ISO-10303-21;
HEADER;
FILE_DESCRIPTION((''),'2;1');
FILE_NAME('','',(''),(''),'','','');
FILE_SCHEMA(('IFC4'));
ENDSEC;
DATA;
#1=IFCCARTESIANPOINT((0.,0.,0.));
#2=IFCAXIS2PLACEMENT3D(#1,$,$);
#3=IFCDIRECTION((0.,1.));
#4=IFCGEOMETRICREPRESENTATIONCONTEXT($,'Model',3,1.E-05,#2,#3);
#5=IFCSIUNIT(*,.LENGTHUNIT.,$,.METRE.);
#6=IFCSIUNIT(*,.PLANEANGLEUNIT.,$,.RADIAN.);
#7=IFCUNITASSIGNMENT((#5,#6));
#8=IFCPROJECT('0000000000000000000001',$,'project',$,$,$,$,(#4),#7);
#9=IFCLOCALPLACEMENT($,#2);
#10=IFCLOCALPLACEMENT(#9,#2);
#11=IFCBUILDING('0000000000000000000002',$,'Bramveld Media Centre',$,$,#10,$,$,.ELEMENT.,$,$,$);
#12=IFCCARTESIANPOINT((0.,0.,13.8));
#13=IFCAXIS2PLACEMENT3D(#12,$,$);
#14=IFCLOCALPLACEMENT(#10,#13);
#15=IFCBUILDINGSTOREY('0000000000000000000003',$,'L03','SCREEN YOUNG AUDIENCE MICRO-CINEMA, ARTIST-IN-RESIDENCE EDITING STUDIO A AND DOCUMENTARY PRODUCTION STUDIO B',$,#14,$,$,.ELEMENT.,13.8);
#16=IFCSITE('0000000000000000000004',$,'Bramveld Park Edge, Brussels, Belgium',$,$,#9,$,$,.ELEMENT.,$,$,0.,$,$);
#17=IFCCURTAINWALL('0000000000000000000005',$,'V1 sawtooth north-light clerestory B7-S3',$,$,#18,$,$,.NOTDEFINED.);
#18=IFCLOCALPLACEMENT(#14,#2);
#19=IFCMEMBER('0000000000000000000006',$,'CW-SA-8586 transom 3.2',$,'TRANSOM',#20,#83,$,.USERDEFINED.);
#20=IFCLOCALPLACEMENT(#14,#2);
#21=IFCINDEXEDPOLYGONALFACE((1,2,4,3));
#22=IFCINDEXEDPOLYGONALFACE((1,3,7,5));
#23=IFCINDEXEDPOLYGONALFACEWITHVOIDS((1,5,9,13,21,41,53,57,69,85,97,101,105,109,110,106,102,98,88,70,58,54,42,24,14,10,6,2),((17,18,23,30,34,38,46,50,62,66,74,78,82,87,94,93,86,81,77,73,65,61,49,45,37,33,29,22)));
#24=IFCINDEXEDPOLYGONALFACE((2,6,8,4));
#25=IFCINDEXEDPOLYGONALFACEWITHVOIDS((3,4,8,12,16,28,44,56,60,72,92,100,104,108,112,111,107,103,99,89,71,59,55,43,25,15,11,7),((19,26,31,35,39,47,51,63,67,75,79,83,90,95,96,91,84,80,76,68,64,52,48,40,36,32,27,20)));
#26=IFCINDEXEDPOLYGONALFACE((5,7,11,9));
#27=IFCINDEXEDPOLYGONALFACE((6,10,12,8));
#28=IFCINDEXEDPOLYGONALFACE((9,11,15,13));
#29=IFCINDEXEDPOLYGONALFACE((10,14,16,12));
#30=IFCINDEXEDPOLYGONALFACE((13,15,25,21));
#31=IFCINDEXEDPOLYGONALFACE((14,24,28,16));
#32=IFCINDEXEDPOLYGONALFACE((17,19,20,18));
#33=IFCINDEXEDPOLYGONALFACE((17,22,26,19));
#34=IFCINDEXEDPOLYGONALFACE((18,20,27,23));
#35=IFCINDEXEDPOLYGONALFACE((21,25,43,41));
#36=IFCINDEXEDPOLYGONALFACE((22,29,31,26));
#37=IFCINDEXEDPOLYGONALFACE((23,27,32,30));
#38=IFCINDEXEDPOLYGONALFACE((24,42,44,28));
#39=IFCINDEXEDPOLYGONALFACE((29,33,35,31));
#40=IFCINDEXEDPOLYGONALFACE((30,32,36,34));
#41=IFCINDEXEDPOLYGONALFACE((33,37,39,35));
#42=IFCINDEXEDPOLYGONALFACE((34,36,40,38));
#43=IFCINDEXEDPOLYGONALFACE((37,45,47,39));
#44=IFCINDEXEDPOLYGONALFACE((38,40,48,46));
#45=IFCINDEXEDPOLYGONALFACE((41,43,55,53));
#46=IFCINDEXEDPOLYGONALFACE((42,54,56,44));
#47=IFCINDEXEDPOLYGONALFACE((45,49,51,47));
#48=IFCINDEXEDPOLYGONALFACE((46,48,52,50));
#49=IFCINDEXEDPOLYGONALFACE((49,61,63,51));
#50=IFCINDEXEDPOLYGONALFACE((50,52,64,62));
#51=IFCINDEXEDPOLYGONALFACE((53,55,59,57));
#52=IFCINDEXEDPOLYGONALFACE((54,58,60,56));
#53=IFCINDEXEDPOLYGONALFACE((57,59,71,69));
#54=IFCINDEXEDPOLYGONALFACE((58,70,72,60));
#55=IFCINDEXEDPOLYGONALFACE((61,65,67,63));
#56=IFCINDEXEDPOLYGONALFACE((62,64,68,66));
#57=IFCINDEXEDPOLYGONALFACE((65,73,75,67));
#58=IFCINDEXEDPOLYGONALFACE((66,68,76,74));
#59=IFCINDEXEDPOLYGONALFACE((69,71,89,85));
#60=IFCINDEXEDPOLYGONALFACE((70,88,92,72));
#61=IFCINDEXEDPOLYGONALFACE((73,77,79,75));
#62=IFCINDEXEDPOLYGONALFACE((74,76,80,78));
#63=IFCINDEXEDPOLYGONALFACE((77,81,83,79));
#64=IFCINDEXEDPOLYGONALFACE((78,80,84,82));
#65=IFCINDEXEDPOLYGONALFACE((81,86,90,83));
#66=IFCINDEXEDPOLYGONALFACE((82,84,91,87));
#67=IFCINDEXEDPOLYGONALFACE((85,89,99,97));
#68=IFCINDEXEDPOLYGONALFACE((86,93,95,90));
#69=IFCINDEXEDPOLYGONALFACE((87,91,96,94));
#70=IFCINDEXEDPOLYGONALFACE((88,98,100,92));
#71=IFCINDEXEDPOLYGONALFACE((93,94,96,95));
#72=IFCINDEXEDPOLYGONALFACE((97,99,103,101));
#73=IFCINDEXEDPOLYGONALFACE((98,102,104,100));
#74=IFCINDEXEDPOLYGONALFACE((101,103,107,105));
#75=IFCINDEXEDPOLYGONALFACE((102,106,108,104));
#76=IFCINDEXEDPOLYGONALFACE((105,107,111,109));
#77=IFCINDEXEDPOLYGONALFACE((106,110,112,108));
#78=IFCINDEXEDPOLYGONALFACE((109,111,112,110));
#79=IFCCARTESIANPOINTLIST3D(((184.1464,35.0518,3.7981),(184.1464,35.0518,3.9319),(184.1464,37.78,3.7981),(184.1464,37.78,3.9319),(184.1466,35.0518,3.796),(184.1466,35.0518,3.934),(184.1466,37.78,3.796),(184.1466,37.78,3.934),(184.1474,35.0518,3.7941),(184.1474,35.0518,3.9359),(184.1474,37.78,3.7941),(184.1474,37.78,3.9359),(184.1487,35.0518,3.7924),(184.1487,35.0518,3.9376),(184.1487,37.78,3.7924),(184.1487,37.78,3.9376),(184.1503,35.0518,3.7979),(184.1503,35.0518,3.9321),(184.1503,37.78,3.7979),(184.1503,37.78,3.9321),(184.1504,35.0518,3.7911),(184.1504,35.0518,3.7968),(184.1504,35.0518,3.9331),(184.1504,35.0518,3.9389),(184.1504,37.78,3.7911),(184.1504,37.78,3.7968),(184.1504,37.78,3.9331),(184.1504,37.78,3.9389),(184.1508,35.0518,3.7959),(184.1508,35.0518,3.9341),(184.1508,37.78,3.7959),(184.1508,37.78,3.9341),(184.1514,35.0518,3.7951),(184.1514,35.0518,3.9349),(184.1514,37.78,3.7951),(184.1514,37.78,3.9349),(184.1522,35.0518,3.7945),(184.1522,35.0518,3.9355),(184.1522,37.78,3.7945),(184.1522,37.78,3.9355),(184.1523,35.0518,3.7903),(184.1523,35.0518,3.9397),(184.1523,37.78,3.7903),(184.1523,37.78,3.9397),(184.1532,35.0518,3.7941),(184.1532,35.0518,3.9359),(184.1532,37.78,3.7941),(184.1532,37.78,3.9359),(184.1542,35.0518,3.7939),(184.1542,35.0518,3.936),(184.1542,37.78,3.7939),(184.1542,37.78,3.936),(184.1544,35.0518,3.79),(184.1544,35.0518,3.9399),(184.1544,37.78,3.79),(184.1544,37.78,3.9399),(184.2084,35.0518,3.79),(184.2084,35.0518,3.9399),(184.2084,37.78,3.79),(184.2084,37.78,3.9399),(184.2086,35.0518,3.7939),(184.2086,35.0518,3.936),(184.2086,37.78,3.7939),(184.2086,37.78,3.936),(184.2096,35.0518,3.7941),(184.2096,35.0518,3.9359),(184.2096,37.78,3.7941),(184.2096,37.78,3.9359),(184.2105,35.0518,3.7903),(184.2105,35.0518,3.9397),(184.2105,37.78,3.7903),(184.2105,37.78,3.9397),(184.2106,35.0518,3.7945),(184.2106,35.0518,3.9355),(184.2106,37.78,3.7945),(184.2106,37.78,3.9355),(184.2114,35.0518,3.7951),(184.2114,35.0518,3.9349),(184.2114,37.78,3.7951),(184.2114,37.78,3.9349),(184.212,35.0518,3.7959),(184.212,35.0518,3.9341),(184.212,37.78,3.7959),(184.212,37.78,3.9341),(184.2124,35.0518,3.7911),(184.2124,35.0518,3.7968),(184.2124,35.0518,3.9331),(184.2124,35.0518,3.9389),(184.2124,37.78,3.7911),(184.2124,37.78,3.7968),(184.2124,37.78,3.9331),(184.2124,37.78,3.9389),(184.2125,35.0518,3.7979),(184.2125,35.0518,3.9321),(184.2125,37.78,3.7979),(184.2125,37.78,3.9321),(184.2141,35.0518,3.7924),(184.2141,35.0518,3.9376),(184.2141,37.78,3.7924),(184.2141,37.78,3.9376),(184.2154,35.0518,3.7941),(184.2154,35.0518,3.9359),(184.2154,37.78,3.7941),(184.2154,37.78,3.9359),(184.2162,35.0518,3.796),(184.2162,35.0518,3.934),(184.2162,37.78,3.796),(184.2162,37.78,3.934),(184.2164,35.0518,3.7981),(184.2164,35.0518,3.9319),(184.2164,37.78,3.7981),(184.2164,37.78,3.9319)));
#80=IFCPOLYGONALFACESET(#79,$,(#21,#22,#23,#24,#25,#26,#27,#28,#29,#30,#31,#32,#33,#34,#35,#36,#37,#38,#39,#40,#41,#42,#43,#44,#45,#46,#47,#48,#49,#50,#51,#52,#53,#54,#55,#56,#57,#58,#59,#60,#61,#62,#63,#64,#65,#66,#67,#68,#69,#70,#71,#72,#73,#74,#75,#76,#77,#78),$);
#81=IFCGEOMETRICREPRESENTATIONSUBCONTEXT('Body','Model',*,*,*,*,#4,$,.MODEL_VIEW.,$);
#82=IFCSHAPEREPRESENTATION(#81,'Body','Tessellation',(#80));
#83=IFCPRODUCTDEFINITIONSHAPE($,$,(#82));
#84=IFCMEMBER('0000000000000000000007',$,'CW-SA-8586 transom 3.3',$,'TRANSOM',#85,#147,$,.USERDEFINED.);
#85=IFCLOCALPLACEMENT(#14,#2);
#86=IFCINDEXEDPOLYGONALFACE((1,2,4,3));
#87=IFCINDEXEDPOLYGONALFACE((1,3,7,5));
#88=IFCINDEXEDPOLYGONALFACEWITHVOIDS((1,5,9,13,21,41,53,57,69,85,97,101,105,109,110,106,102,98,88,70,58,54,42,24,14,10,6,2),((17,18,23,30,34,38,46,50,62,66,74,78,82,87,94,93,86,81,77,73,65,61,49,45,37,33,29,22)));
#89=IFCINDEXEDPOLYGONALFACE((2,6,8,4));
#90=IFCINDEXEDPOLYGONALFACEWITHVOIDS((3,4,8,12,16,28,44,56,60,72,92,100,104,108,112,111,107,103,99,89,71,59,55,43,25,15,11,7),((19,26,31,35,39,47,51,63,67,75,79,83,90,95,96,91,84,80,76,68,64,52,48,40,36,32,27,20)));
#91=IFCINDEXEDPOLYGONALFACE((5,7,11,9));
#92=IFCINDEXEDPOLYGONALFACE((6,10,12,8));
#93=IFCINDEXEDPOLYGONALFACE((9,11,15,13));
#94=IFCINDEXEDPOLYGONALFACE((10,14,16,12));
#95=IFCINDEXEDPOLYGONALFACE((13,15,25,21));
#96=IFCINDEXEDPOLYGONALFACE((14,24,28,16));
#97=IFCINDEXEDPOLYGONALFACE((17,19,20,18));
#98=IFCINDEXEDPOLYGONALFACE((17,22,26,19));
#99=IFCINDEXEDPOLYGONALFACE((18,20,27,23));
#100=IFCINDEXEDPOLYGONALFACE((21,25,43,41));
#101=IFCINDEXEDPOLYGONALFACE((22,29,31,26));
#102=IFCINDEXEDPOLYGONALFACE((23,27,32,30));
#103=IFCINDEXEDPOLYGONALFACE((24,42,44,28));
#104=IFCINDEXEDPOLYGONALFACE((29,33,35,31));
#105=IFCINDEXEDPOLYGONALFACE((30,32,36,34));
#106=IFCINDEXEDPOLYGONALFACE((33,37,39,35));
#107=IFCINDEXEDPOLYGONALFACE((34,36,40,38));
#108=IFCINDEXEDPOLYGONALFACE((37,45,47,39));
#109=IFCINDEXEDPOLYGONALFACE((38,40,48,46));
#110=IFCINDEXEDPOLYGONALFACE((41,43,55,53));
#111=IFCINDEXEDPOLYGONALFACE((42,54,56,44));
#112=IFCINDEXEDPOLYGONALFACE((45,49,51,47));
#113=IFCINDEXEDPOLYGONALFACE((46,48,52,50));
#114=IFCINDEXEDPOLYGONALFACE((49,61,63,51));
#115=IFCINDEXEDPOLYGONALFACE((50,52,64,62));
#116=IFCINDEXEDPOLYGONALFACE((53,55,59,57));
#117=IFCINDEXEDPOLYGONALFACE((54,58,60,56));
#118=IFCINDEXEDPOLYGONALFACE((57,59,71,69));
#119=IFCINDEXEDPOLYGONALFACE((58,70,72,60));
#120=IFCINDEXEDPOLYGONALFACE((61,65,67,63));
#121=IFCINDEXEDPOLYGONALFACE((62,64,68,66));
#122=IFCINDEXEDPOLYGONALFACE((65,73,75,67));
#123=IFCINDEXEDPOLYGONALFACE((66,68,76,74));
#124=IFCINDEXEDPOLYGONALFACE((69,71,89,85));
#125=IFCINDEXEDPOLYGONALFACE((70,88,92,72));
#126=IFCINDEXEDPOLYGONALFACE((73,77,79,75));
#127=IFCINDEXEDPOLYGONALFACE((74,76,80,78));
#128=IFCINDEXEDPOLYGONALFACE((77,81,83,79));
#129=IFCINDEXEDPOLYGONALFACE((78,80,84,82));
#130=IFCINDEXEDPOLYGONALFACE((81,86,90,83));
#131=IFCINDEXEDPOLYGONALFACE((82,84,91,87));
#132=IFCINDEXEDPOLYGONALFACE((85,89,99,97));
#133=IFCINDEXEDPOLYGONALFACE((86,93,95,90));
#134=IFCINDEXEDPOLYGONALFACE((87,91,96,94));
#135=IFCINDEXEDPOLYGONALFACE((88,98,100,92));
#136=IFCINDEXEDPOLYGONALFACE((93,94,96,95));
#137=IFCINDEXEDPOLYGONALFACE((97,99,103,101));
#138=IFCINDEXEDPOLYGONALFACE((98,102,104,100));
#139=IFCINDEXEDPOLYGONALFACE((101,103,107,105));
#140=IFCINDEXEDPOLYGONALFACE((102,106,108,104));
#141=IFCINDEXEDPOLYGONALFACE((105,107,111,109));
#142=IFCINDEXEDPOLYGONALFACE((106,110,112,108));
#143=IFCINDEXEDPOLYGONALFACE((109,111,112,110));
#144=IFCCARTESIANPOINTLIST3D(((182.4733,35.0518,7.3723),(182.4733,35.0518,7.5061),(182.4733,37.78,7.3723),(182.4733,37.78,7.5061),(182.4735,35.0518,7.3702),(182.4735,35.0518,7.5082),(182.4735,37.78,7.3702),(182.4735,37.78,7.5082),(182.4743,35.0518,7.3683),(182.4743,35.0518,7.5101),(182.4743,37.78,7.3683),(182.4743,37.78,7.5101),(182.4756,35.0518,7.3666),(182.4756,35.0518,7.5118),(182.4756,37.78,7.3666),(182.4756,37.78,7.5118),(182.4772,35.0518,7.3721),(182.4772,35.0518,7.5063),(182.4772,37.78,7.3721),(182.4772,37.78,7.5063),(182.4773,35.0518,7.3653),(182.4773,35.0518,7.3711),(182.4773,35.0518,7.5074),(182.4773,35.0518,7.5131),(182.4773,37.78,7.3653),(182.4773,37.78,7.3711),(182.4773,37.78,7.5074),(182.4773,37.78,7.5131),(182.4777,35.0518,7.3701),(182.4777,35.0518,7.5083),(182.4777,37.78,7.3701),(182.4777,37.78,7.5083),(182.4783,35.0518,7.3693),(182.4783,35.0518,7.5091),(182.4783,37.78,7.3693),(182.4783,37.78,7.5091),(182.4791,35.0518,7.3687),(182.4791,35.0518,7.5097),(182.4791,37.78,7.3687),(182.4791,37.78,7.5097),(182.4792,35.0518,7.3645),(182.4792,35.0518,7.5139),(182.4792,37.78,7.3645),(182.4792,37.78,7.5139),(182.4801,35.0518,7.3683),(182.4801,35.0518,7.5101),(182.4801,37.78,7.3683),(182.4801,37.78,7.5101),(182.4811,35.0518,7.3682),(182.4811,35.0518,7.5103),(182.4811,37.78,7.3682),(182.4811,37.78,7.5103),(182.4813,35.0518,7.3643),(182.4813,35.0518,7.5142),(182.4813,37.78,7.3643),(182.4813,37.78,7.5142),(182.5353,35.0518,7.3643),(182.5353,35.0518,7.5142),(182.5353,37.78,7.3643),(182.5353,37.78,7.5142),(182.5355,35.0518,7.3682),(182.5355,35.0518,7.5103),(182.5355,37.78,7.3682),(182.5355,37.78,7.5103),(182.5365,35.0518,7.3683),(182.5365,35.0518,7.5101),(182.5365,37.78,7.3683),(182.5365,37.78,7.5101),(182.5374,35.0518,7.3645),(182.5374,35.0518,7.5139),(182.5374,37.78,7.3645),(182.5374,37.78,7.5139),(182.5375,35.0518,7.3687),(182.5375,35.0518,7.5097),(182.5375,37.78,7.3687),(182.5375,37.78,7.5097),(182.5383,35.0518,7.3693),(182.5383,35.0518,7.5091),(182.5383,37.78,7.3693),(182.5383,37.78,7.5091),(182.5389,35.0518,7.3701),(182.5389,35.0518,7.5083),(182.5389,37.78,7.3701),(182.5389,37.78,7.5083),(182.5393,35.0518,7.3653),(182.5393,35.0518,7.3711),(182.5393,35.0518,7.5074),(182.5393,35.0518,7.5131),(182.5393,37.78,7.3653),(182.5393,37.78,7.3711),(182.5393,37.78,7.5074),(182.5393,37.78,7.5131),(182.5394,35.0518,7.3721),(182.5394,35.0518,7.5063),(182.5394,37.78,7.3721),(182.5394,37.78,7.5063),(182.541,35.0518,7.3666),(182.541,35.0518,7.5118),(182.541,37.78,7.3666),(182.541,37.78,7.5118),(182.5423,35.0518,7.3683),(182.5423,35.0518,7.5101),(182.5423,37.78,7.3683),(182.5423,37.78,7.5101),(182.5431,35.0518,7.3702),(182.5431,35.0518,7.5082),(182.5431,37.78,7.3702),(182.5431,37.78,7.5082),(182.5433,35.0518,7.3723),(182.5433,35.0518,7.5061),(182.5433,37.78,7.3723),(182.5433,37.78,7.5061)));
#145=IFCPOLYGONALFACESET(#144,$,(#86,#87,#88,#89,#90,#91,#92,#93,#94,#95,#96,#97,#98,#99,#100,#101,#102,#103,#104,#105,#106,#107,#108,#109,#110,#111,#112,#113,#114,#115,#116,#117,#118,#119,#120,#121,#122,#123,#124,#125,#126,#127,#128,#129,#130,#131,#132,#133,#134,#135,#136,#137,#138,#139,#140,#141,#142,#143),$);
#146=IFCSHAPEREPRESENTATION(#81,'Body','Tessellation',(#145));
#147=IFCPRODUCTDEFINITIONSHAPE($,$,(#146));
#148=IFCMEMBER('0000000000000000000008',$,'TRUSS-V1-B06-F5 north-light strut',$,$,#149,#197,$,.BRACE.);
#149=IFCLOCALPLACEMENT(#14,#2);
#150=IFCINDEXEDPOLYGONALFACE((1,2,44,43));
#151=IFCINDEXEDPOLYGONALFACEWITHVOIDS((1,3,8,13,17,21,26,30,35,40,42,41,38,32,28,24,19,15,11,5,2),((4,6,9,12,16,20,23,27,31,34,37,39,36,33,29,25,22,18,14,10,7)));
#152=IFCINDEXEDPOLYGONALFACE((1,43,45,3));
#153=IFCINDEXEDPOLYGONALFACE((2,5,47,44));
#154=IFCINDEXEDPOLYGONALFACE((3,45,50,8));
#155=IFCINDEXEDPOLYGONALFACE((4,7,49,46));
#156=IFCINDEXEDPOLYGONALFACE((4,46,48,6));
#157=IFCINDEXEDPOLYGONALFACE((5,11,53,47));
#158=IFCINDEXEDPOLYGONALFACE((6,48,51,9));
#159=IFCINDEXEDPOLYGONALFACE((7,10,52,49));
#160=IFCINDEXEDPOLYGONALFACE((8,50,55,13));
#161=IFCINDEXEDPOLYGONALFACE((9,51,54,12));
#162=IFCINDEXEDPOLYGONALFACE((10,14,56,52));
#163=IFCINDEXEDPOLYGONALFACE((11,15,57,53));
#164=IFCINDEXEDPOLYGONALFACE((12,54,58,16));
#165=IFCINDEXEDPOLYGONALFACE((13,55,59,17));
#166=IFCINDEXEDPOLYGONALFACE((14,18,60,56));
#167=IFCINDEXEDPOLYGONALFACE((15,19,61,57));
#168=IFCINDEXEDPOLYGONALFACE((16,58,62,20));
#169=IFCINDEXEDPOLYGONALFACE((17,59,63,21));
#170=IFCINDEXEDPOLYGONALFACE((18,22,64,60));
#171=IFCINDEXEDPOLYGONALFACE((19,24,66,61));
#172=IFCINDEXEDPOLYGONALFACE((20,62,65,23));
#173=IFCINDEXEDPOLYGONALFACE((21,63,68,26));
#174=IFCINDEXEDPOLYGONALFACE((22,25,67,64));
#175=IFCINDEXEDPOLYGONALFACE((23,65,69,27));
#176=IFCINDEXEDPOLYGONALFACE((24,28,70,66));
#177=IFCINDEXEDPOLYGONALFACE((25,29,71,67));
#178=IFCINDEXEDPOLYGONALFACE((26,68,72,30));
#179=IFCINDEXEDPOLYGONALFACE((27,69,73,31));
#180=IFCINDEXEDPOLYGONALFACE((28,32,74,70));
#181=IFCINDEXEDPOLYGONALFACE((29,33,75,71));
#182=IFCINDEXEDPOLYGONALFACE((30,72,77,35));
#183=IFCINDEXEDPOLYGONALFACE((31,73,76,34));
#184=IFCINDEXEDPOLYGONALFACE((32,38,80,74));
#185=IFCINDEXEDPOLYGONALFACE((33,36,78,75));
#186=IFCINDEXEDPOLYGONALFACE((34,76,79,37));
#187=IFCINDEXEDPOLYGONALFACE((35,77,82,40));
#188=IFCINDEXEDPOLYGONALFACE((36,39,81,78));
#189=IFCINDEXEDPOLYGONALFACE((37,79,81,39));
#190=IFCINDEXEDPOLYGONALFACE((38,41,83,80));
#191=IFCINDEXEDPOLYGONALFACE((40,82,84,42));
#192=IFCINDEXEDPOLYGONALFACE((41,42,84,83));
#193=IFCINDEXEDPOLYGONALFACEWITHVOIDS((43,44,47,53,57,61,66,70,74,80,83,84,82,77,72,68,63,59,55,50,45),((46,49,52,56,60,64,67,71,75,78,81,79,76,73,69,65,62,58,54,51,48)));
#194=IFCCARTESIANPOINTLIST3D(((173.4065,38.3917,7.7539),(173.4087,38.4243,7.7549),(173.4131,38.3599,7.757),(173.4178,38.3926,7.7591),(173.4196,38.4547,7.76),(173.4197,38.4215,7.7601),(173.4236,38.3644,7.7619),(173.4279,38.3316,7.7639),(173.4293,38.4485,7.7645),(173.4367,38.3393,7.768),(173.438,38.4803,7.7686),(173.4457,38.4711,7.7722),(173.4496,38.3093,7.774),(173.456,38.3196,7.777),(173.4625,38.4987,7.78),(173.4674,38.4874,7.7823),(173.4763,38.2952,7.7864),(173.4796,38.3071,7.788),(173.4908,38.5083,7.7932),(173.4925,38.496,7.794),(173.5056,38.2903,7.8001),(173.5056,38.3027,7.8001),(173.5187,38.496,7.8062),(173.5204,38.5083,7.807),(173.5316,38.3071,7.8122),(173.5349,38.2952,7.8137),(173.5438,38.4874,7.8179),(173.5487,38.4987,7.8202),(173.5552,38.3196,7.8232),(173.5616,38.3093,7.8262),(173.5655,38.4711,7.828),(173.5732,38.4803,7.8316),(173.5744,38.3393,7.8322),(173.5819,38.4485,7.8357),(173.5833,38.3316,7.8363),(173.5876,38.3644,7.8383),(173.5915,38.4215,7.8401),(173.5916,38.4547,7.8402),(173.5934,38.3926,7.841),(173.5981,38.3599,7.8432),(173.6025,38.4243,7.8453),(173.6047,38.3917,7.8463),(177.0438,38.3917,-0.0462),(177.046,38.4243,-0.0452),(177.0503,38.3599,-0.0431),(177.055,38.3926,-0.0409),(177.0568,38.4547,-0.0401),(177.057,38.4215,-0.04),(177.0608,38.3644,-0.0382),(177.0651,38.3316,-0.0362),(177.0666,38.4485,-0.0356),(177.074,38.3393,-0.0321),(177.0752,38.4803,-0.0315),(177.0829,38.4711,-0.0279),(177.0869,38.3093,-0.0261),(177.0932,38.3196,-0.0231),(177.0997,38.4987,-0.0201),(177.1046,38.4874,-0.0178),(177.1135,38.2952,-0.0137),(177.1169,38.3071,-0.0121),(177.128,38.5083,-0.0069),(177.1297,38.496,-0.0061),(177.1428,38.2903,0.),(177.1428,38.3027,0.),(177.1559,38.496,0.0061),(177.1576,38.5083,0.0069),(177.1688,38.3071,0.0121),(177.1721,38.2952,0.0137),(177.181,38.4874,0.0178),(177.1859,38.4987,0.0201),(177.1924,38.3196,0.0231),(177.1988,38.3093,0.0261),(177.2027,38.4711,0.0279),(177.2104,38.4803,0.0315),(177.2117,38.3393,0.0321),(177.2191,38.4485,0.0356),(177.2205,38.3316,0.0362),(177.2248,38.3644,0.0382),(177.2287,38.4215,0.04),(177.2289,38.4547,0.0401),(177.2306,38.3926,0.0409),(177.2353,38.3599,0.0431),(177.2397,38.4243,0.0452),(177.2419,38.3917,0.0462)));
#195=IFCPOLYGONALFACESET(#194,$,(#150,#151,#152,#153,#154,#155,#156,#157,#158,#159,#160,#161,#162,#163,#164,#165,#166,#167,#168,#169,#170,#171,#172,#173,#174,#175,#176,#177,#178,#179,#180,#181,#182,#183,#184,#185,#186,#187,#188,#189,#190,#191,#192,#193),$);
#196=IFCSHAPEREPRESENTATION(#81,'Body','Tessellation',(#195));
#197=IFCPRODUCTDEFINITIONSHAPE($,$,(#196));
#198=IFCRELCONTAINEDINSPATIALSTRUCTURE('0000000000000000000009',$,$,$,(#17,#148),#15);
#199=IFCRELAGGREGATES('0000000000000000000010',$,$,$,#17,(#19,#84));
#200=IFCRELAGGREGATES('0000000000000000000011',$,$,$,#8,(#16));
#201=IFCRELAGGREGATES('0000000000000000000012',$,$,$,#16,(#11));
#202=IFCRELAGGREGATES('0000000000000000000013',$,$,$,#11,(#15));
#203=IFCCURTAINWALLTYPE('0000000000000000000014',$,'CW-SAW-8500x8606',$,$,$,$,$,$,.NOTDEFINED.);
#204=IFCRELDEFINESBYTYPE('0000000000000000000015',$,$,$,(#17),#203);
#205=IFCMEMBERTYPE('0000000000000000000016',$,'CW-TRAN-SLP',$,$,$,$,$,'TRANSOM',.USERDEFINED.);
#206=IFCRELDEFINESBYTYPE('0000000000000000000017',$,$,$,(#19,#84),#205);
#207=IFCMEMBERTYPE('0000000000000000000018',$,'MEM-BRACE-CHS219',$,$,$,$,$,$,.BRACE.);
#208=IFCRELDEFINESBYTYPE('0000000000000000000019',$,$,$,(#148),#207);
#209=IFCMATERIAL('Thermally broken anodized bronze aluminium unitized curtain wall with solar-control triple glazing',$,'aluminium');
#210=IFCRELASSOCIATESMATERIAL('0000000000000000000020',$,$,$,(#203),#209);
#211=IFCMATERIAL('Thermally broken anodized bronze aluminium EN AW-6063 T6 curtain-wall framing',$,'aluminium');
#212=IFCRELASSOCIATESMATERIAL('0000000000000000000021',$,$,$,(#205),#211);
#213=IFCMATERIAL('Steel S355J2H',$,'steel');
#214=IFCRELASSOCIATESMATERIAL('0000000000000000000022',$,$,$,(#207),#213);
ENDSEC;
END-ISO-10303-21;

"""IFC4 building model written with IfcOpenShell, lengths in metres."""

from ifc_helpers import new_model, si_unit, direction, frame, origin, origin_2d, place, context, subcontext, project, spatial, hollow_rectangle, hollow_circle, extrude, material, material_profile, profile_set, type_object, element, aggregate, save


model = new_model("IFC4")

# Units and contexts
model_context = context("Model", 3, precision=1e-05, world=origin(), true_north=direction((0.0, 1.0)))
body_context = subcontext(model_context, "Body", "Model", "MODEL_VIEW")
ifc_project = project(units=[si_unit("LENGTHUNIT", "METRE"), si_unit("PLANEANGLEUNIT", "RADIAN")], contexts=[model_context])

# Site, building, storey
site_placement = place(None, origin())
site = spatial("IfcSite", under=ifc_project, at=site_placement, Name="Bramveld Park Edge, Brussels, Belgium", CompositionType="ELEMENT", RefElevation=0.0)
building_placement = place(site_placement, origin())
building = spatial("IfcBuilding", under=site, at=building_placement, Name="Bramveld Media Centre", CompositionType="ELEMENT")
storey_placement = place(building_placement, frame((0.0, 0.0, 13.8)))
storey = spatial("IfcBuildingStorey", under=building, at=storey_placement, Name="L03", Description="SCREEN YOUNG AUDIENCE MICRO-CINEMA, ARTIST-IN-RESIDENCE EDITING STUDIO A AND DOCUMENTARY PRODUCTION STUDIO B", CompositionType="ELEMENT", Elevation=13.8)

# Curtain wall
ifc_material_1 = material(Name="Thermally broken anodized bronze aluminium unitized curtain wall with solar-control triple glazing", Category="aluminium")
curtain_wall_type = type_object("IfcCurtainWallType", Name="CW-SAW-8500x8606", PredefinedType="NOTDEFINED", material=ifc_material_1)
curtain_wall_1_placement = place(storey_placement, origin())
curtain_wall_1 = element("IfcCurtainWall", 1, at=curtain_wall_1_placement, inside=storey, type_object=curtain_wall_type, Name="V1 sawtooth north-light clerestory B7-S3", PredefinedType="NOTDEFINED")

# Members
ifc_material_2 = material(Name="Thermally broken anodized bronze aluminium EN AW-6063 T6 curtain-wall framing", Category="aluminium")
ifc_material_profile_1 = material_profile(ifc_material_2, hollow_rectangle(XDim=0.0701, YDim=0.1499, WallThickness=0.0039, InnerFilletRadius=0.0039, OuterFilletRadius=0.0081, at=origin_2d()), Name="AL-TRAN 70x150")
ifc_profile_set_1 = profile_set([ifc_material_profile_1], Name="Thermally broken anodized bronze aluminium EN AW-6063 T6 curtain-wall framing")
member_type_1 = type_object("IfcMemberType", Name="CW-TRAN-SLP", ElementType="TRANSOM", PredefinedType="USERDEFINED", material=ifc_profile_set_1)
member_1_placement = place(storey_placement, frame((184.1814, 35.0518, 3.865), z_axis=(0.0, 1.0, 0.0), x_axis=(-1.0, 0.0, 0.0)))
member_1 = element("IfcMember", 2, at=member_1_placement, type_object=member_type_1, Name="CW-SA-8586 transom 3.2", ObjectType="TRANSOM", PredefinedType="USERDEFINED", context=body_context, shape_type="SweptSolid", body=[
    extrude(hollow_rectangle(XDim=0.0701, YDim=0.1499, WallThickness=0.0039, InnerFilletRadius=0.0039, OuterFilletRadius=0.0081, at=origin_2d()), origin(), (0.0, 0.0, 1.0), 2.7283),
])
member_2_placement = place(storey_placement, frame((182.5083, 35.0518, 7.4392), z_axis=(0.0, 1.0, 0.0), x_axis=(-1.0, 0.0, 0.0)))
member_2 = element("IfcMember", 3, at=member_2_placement, type_object=member_type_1, Name="CW-SA-8586 transom 3.3", ObjectType="TRANSOM", PredefinedType="USERDEFINED", context=body_context, shape_type="SweptSolid", body=[
    extrude(hollow_rectangle(XDim=0.0701, YDim=0.1499, WallThickness=0.0039, InnerFilletRadius=0.0039, OuterFilletRadius=0.0081, at=origin_2d()), origin(), (0.0, 0.0, 1.0), 2.7283),
])

# Member
ifc_material_3 = material(Name="Steel S355J2H", Category="steel")
ifc_material_profile_2 = material_profile(ifc_material_3, hollow_circle(Radius=0.1096, WallThickness=0.0125, at=origin_2d()), Name="CHS 219.1x12.5")
ifc_profile_set_2 = profile_set([ifc_material_profile_2], Name="Steel S355J2H")
member_type_2 = type_object("IfcMemberType", Name="MEM-BRACE-CHS219", PredefinedType="BRACE", material=ifc_profile_set_2)
for number, where, z_axis, x_axis, name in (
    (4, (177.1428, 38.3999, 0.0), (-0.422617, 0.0, 0.906308), (0.0, -1.0, 0.0), "TRUSS-V1-B06-F5 north-light strut"),
):
    element("IfcMember", number, at=place(storey_placement, frame(where, z_axis=z_axis, x_axis=x_axis)), inside=storey, type_object=member_type_2, Name=name, PredefinedType="BRACE", context=body_context, shape_type="SweptSolid", body=[
        extrude(hollow_circle(Radius=0.1096, WallThickness=0.0125, at=origin_2d()), origin(), (0.0, 0.0, 1.0), 8.6064),
    ])

aggregate(curtain_wall_1, [member_1, member_2])

save(model, "model.ifc")
